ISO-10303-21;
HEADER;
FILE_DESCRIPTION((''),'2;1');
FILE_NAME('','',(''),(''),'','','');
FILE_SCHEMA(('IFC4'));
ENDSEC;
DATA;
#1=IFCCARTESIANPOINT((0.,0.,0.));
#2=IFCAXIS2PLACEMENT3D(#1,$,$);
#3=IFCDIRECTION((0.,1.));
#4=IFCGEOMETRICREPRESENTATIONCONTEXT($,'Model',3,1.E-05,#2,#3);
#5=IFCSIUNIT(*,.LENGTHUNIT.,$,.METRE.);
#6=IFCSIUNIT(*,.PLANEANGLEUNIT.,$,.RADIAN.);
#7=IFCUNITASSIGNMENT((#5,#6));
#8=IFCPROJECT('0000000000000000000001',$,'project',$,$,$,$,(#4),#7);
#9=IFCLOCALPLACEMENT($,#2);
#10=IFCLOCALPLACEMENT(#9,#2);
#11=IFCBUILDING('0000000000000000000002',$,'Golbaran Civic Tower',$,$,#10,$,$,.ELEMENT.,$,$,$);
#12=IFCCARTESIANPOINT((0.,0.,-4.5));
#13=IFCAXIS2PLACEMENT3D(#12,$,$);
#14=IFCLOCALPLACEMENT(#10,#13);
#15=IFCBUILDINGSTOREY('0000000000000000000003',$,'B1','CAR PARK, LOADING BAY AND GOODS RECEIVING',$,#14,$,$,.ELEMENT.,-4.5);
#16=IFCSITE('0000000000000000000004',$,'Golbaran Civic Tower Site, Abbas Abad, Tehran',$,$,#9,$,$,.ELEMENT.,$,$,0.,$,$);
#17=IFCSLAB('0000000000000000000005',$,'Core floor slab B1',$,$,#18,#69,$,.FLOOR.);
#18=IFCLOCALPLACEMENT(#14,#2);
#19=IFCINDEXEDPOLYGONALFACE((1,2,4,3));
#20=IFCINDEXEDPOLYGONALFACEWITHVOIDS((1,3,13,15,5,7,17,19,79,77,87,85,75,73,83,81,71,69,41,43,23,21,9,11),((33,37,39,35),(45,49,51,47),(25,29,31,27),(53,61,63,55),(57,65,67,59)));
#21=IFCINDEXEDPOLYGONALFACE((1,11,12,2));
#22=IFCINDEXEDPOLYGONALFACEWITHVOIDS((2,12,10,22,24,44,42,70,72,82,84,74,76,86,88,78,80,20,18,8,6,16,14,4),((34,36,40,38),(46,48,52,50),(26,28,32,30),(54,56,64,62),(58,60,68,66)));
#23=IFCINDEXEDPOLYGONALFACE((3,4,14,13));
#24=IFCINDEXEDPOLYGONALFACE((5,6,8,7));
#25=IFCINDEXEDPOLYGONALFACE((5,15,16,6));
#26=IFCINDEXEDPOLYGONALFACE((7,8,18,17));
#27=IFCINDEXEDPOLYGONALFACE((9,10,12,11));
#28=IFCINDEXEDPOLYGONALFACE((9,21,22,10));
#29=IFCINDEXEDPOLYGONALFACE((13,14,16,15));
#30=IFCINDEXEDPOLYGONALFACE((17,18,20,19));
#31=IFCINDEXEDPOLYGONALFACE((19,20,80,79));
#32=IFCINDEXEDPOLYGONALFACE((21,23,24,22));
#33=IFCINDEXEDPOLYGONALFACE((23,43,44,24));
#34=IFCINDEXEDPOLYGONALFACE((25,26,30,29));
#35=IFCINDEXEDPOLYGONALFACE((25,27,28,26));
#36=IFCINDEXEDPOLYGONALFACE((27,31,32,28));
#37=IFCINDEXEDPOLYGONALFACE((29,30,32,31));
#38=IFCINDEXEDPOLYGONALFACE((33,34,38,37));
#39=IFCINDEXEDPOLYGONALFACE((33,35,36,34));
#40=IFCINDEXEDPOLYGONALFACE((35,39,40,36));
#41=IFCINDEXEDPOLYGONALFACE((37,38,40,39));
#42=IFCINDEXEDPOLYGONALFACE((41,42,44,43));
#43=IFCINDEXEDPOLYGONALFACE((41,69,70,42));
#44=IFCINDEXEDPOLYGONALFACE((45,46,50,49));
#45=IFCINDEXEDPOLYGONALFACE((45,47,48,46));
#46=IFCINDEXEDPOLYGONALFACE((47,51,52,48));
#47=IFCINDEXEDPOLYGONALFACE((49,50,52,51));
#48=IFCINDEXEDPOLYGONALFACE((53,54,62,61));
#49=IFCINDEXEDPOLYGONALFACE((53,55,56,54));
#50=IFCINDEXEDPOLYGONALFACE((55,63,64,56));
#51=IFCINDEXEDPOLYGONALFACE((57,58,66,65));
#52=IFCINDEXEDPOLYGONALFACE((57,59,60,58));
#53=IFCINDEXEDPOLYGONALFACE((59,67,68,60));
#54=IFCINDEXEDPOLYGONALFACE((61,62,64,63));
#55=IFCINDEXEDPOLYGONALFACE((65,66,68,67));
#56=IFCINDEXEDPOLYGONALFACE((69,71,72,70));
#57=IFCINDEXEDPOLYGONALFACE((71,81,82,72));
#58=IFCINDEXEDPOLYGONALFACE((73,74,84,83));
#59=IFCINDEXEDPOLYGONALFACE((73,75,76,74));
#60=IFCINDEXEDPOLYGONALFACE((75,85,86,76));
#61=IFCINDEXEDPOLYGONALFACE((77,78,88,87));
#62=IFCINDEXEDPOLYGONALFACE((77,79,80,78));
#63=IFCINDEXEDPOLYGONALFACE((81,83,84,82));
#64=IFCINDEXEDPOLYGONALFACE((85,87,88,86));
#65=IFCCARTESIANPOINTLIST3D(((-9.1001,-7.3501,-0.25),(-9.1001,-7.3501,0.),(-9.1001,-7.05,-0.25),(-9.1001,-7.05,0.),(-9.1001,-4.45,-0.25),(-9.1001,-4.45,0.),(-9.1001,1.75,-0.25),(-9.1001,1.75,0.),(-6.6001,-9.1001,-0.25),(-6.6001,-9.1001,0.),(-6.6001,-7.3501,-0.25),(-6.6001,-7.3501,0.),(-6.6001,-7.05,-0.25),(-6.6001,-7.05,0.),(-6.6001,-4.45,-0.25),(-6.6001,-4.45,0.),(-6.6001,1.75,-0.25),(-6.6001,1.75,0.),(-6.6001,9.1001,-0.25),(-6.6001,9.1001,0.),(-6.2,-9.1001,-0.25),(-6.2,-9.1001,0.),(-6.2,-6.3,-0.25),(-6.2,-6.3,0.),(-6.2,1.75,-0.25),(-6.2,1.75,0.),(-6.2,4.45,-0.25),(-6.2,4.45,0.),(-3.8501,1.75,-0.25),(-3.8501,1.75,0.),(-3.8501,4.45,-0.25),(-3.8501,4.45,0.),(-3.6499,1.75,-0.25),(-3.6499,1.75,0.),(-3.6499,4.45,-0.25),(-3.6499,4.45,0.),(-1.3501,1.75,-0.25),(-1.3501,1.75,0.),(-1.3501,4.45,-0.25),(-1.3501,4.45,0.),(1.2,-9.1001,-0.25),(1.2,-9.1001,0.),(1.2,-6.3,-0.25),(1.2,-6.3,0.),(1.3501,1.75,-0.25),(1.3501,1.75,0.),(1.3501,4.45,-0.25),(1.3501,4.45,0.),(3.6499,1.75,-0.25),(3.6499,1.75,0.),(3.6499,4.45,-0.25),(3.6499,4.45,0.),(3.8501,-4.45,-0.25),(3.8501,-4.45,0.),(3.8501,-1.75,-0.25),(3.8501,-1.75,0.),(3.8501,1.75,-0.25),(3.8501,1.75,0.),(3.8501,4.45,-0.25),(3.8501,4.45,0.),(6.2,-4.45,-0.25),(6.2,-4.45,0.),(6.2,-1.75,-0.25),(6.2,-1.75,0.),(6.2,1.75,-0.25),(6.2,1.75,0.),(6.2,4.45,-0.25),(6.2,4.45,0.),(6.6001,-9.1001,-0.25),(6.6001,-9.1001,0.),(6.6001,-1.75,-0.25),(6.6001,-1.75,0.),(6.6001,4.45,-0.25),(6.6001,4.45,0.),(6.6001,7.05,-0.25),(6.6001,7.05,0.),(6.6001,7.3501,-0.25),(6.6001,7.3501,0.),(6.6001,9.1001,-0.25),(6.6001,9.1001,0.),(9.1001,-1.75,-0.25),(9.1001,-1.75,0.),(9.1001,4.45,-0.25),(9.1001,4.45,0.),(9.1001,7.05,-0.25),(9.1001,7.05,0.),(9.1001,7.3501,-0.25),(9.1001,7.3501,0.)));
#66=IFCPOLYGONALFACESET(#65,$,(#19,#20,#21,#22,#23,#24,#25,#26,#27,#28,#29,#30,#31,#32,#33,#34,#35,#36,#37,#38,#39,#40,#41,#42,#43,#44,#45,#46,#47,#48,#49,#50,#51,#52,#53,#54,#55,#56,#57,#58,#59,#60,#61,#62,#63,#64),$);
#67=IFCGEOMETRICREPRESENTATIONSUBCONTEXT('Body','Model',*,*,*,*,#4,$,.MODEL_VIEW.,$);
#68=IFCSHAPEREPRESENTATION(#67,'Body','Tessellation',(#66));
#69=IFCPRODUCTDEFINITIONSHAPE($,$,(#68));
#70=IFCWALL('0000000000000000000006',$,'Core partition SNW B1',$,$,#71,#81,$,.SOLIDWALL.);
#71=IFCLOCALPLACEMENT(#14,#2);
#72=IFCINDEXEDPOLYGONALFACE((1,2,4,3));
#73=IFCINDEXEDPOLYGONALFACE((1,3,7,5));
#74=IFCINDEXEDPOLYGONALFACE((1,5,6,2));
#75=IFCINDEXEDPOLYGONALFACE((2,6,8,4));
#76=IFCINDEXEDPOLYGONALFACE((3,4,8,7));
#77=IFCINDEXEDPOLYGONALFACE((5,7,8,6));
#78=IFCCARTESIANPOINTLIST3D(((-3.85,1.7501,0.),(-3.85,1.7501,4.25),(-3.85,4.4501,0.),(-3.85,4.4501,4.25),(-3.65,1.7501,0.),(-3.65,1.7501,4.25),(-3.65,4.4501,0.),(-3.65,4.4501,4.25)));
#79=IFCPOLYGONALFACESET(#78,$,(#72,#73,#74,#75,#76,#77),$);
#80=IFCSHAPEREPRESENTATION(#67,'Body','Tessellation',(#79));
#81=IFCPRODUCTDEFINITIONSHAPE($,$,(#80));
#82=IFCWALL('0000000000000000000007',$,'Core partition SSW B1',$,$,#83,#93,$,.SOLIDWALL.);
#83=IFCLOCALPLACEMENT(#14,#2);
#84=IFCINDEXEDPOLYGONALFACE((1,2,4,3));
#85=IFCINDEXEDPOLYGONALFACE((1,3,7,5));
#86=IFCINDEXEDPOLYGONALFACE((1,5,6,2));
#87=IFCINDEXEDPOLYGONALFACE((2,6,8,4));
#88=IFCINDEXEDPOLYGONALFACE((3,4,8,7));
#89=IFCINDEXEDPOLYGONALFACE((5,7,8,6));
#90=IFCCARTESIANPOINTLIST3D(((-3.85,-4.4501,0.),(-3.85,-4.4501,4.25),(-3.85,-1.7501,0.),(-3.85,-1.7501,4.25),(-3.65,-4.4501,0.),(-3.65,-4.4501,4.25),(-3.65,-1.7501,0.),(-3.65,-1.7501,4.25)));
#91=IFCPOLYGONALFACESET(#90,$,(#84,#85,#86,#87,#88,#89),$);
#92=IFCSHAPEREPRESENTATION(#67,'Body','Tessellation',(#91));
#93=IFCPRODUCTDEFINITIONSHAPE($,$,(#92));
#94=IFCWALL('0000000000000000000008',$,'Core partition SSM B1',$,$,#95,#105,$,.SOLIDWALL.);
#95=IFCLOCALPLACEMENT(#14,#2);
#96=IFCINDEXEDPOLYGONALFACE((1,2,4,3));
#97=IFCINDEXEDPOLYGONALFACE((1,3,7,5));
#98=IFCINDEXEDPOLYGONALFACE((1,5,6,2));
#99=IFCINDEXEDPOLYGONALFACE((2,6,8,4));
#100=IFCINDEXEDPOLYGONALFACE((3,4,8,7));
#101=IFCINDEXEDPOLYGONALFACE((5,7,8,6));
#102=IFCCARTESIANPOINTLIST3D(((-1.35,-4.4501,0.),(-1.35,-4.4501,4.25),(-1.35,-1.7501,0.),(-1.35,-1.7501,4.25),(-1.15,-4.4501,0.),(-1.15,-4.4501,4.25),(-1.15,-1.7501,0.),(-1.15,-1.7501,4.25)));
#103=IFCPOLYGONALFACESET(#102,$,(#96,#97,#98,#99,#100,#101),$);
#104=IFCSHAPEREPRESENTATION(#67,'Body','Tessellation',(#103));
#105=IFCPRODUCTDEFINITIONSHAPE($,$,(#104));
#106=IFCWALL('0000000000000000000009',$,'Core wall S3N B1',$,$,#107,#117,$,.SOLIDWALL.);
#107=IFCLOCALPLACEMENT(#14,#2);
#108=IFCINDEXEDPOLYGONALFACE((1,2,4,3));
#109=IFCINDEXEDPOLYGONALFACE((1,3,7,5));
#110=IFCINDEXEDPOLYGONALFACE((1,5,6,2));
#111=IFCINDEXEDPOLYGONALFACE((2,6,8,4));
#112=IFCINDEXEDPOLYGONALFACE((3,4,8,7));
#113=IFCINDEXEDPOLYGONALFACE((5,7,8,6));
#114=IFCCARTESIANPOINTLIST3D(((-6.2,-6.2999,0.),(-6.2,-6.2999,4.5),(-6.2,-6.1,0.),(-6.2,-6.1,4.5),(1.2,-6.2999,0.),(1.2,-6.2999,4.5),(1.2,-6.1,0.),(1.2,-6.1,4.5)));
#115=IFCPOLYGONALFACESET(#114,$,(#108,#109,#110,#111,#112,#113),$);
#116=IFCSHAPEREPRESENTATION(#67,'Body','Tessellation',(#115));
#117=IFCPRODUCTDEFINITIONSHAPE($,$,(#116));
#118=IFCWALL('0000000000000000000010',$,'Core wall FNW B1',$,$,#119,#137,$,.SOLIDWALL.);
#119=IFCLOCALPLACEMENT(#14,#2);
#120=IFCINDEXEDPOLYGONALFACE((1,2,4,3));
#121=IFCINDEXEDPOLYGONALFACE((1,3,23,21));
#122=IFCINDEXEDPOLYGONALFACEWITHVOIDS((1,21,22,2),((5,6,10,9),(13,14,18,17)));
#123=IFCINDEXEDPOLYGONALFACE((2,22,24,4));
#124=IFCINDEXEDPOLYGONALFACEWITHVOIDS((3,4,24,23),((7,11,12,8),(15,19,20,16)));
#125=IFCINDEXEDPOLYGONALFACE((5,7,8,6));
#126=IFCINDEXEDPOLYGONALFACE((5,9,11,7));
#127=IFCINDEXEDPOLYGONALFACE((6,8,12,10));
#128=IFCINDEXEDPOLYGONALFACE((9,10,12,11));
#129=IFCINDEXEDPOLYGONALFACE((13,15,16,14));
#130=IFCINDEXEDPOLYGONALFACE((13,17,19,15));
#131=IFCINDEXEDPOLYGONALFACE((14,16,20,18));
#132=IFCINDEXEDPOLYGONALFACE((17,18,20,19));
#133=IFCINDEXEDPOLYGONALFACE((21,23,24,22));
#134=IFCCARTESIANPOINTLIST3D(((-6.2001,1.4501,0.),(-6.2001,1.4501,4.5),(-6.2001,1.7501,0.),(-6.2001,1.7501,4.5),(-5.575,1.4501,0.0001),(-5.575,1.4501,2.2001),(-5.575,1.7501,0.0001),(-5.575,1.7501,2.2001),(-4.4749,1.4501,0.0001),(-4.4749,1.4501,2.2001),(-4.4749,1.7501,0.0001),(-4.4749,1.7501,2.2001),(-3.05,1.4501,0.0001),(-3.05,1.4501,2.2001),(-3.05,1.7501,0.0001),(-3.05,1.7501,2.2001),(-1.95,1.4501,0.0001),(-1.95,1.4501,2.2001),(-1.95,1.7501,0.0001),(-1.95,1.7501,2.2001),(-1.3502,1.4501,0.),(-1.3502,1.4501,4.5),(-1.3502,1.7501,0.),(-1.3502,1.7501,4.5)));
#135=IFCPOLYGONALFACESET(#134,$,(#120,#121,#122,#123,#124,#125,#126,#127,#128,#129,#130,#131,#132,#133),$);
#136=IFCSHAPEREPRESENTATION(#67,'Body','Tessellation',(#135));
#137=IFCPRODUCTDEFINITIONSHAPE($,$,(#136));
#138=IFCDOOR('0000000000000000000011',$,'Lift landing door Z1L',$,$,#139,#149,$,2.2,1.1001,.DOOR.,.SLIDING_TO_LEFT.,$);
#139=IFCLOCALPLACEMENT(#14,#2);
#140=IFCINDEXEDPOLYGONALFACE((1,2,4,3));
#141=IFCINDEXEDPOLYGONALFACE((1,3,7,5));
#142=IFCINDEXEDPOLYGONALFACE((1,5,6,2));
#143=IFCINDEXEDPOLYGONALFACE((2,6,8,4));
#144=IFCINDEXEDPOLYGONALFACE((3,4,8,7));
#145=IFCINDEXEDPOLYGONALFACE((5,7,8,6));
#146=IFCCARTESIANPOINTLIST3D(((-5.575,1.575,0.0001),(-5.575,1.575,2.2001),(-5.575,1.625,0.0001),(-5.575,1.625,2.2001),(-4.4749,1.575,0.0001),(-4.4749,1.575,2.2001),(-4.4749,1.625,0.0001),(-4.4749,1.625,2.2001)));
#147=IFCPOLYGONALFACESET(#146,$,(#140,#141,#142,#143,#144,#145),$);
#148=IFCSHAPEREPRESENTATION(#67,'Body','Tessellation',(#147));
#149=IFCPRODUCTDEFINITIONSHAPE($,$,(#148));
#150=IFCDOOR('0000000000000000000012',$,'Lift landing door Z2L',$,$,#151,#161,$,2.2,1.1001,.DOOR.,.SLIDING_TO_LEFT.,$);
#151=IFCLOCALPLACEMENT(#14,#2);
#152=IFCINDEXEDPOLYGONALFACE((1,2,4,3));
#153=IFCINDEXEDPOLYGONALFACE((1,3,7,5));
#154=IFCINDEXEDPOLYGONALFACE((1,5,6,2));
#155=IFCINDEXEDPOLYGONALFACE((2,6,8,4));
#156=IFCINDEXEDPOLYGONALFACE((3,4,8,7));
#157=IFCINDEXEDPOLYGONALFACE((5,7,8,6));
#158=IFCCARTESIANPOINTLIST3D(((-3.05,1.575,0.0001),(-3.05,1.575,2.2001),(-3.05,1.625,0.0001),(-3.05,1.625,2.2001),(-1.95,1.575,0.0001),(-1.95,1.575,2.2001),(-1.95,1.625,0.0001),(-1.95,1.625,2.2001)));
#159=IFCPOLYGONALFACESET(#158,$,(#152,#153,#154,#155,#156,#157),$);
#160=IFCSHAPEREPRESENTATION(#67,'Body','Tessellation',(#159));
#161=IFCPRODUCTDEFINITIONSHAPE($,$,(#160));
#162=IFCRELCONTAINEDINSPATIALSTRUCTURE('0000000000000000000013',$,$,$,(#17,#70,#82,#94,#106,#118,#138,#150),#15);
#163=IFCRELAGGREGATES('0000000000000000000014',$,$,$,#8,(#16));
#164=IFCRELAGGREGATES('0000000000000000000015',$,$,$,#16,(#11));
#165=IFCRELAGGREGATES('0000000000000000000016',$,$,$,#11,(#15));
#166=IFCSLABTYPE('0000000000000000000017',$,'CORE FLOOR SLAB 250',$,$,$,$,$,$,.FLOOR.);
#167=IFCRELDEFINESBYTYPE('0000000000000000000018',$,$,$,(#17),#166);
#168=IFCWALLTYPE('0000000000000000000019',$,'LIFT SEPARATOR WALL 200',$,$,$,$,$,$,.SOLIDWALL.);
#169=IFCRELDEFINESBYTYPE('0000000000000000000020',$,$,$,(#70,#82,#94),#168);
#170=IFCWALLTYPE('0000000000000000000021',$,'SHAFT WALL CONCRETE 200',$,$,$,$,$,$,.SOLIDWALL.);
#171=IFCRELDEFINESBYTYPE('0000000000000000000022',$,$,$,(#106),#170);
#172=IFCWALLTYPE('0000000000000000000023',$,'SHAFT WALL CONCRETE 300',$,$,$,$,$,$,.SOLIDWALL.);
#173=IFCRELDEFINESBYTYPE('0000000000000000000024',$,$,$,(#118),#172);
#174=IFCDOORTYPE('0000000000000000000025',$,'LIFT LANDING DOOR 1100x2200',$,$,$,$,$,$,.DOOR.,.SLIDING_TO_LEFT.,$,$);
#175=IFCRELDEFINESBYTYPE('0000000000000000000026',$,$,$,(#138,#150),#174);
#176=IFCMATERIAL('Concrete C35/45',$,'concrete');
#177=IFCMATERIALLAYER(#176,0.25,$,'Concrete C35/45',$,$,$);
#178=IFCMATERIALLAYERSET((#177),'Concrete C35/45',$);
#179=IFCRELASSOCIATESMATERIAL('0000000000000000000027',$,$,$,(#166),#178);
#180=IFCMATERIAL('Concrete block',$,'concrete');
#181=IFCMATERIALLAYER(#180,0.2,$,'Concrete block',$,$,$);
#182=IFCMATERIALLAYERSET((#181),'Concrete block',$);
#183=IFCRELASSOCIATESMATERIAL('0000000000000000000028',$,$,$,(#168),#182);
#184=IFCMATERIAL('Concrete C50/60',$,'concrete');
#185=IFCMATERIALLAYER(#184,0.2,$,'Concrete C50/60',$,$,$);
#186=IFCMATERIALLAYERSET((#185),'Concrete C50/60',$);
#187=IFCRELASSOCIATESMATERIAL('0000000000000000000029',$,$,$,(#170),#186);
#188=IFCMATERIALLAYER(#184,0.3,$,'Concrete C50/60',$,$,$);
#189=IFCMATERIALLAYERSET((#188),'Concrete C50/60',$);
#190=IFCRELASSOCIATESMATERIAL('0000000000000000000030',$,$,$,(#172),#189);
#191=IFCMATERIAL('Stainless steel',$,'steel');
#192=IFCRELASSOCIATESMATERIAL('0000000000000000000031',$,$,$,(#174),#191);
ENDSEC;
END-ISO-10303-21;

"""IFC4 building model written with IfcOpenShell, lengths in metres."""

from ifc_helpers import new_model, si_unit, direction, frame, frame_2d, origin, place, context, subcontext, project, spatial, polyline, rectangle, outline, extrude, material, layer, layer_set, type_object, element, fill, save


model = new_model("IFC4")

# Units and contexts
model_context = context("Model", 3, precision=1e-05, world=origin(), true_north=direction((0.0, 1.0)))
body_context = subcontext(model_context, "Body", "Model", "MODEL_VIEW")
ifc_project = project(units=[si_unit("LENGTHUNIT", "METRE"), si_unit("PLANEANGLEUNIT", "RADIAN")], contexts=[model_context])

# Site, building, storey
site_placement = place(None, origin())
site = spatial("IfcSite", under=ifc_project, at=site_placement, Name="Golbaran Civic Tower Site, Abbas Abad, Tehran", CompositionType="ELEMENT", RefElevation=0.0)
building_placement = place(site_placement, origin())
building = spatial("IfcBuilding", under=site, at=building_placement, Name="Golbaran Civic Tower", CompositionType="ELEMENT")
storey_placement = place(building_placement, frame((0.0, 0.0, -4.5)))
storey = spatial("IfcBuildingStorey", under=building, at=storey_placement, Name="B1", Description="CAR PARK, LOADING BAY AND GOODS RECEIVING", CompositionType="ELEMENT", Elevation=-4.5)

# Shared definitions
ifc_material_1 = material(Name="Concrete C50/60", Category="concrete")

# Slab
ifc_material_2 = material(Name="Concrete C35/45", Category="concrete")
ifc_layer_1 = layer(ifc_material_2, 0.25, Name="Concrete C35/45")
ifc_layer_set_1 = layer_set([ifc_layer_1], Name="Concrete C35/45")
slab_type_1 = type_object("IfcSlabType", Name="CORE FLOOR SLAB 250", PredefinedType="FLOOR", material=ifc_layer_set_1)
slab_1_placement = place(storey_placement, frame((0.0, 0.0, -0.25)))
element("IfcSlab", 1, at=slab_1_placement, inside=storey, type_object=slab_type_1, Name="Core floor slab B1", PredefinedType="FLOOR", context=body_context, shape_type="SweptSolid", body=[
    extrude(outline(polyline([(6.6001, -1.75), (6.6001, -9.1001), (1.2, -9.1001), (1.2, -6.3), (-6.2, -6.3), (-6.2, -9.1001), (-6.6001, -9.1001), (-6.6001, -7.3501), (-9.1001, -7.3501), (-9.1001, -7.05), (-6.6001, -7.05), (-6.6001, -4.45), (-9.1001, -4.45), (-9.1001, 1.75), (-6.6001, 1.75), (-6.6001, 9.1001), (6.6001, 9.1001), (6.6001, 7.3501), (9.1001, 7.3501), (9.1001, 7.05), (6.6001, 7.05), (6.6001, 4.45), (9.1001, 4.45), (9.1001, -1.75), (6.6001, -1.75)]), holes=[polyline([(6.2, -1.75), (3.8501, -1.75), (3.8501, -4.45), (6.2, -4.45), (6.2, -1.75)]), polyline([(3.8501, 4.45), (3.8501, 1.75), (6.2, 1.75), (6.2, 4.45), (3.8501, 4.45)]), polyline([(3.6499, 4.45), (1.3501, 4.45), (1.3501, 1.75), (3.6499, 1.75), (3.6499, 4.45)]), polyline([(-1.3501, 4.45), (-3.6499, 4.45), (-3.6499, 1.75), (-1.3501, 1.75), (-1.3501, 4.45)]), polyline([(-6.2, 4.45), (-6.2, 1.75), (-3.8501, 1.75), (-3.8501, 4.45), (-6.2, 4.45)])]), origin(), (0.0, 0.0, 1.0), 0.25),
])

# Walls
ifc_material_3 = material(Name="Concrete block", Category="concrete")
ifc_layer_2 = layer(ifc_material_3, 0.2, Name="Concrete block")
ifc_layer_set_2 = layer_set([ifc_layer_2], Name="Concrete block")
wall_type_1 = type_object("IfcWallType", Name="LIFT SEPARATOR WALL 200", PredefinedType="SOLIDWALL", material=ifc_layer_set_2)
for number, where, z_axis, x_axis, name in (
    (2, (-3.75, 1.75, 0.0), (0.0, 0.0, 1.0), (0.0, 1.0, 0.0), "Core partition SNW B1"),
    (3, (-3.75, -1.75, 0.0), (0.0, 0.0, 1.0), (0.0, -1.0, 0.0), "Core partition SSW B1"),
    (4, (-1.25, -1.75, 0.0), (0.0, 0.0, 1.0), (0.0, -1.0, 0.0), "Core partition SSM B1"),
):
    element("IfcWall", number, at=place(storey_placement, frame(where, z_axis=z_axis, x_axis=x_axis)), inside=storey, type_object=wall_type_1, Name=name, PredefinedType="SOLIDWALL", context=body_context, shape_type="SweptSolid", body=[
        extrude(rectangle(XDim=2.7, YDim=0.2, at=frame_2d((1.3501, 0.0))), origin(), (0.0, 0.0, 1.0), 4.25),
    ])
ifc_layer_3 = layer(ifc_material_1, 0.2, Name="Concrete C50/60")
ifc_layer_set_3 = layer_set([ifc_layer_3], Name="Concrete C50/60")
wall_type_2 = type_object("IfcWallType", Name="SHAFT WALL CONCRETE 200", PredefinedType="SOLIDWALL", material=ifc_layer_set_3)
wall_1_placement = place(storey_placement, frame((-6.2, -6.2, 0.0), z_axis=(0.0, 0.0, 1.0), x_axis=(1.0, 0.0, 0.0)))
element("IfcWall", 5, at=wall_1_placement, inside=storey, type_object=wall_type_2, Name="Core wall S3N B1", PredefinedType="SOLIDWALL", context=body_context, shape_type="SweptSolid", body=[
    extrude(rectangle(XDim=7.3999, YDim=0.2, at=frame_2d((3.7, 0.0))), origin(), (0.0, 0.0, 1.0), 4.5),
])

# Wall, openings, doors
ifc_layer_4 = layer(ifc_material_1, 0.3, Name="Concrete C50/60")
ifc_layer_set_4 = layer_set([ifc_layer_4], Name="Concrete C50/60")
wall_type_3 = type_object("IfcWallType", Name="SHAFT WALL CONCRETE 300", PredefinedType="SOLIDWALL", material=ifc_layer_set_4)
wall_2_placement = place(storey_placement, frame((-6.2, 1.6001, 0.0), z_axis=(0.0, 0.0, 1.0), x_axis=(1.0, 0.0, 0.0)))
wall_2 = element("IfcWall", 6, at=wall_2_placement, inside=storey, type_object=wall_type_3, Name="Core wall FNW B1", PredefinedType="SOLIDWALL", context=body_context, shape_type="SweptSolid", body=[
    extrude(rectangle(XDim=4.8499, YDim=0.3, at=frame_2d((2.4248, 0.0))), origin(), (0.0, 0.0, 1.0), 4.5),
])
opening_1_placement = place(wall_2_placement, frame((0.625, 0.0, 0.0)))
opening_1 = element("IfcOpeningElement", 7, at=opening_1_placement, cuts=wall_2, PredefinedType="OPENING", context=body_context, shape_type="SweptSolid", body=[
    extrude(rectangle(XDim=1.1001, YDim=2.2, at=frame_2d((0.55, 1.1001))), frame((0.0, 0.1599, 0.0), z_axis=(0.0, -1.0, 0.0), x_axis=(1.0, 0.0, 0.0)), (0.0, 0.0, 1.0), 0.3201),
])
opening_2_placement = place(wall_2_placement, frame((3.1499, 0.0, 0.0)))
opening_2 = element("IfcOpeningElement", 8, at=opening_2_placement, cuts=wall_2, PredefinedType="OPENING", context=body_context, shape_type="SweptSolid", body=[
    extrude(rectangle(XDim=1.1001, YDim=2.2, at=frame_2d((0.55, 1.1001))), frame((0.0, 0.1599, 0.0), z_axis=(0.0, -1.0, 0.0), x_axis=(1.0, 0.0, 0.0)), (0.0, 0.0, 1.0), 0.3201),
])
ifc_material_4 = material(Name="Stainless steel", Category="steel")
door_type_1 = type_object("IfcDoorType", Name="LIFT LANDING DOOR 1100x2200", OperationType="SLIDING_TO_LEFT", PredefinedType="DOOR", material=ifc_material_4)
door_1_placement = place(opening_1_placement, origin())
door_1 = element("IfcDoor", 9, at=door_1_placement, inside=storey, type_object=door_type_1, Name="Lift landing door Z1L", OperationType="SLIDING_TO_LEFT", OverallHeight=2.2, OverallWidth=1.1001, PredefinedType="DOOR", context=body_context, shape_type="SweptSolid", body=[
    extrude(rectangle(XDim=1.1001, YDim=2.2, at=frame_2d((0.55, 1.1001))), frame((0.0, 0.0249, 0.0), z_axis=(0.0, -1.0, 0.0), x_axis=(1.0, 0.0, 0.0)), (0.0, 0.0, 1.0), 0.05),
])
fill(opening_1, door_1)
door_2_placement = place(opening_2_placement, origin())
door_2 = element("IfcDoor", 10, at=door_2_placement, inside=storey, type_object=door_type_1, Name="Lift landing door Z2L", OperationType="SLIDING_TO_LEFT", OverallHeight=2.2, OverallWidth=1.1001, PredefinedType="DOOR", context=body_context, shape_type="SweptSolid", body=[
    extrude(rectangle(XDim=1.1001, YDim=2.2, at=frame_2d((0.55, 1.1001))), frame((0.0, 0.0249, 0.0), z_axis=(0.0, -1.0, 0.0), x_axis=(1.0, 0.0, 0.0)), (0.0, 0.0, 1.0), 0.05),
])
fill(opening_2, door_2)

save(model, "model.ifc")
